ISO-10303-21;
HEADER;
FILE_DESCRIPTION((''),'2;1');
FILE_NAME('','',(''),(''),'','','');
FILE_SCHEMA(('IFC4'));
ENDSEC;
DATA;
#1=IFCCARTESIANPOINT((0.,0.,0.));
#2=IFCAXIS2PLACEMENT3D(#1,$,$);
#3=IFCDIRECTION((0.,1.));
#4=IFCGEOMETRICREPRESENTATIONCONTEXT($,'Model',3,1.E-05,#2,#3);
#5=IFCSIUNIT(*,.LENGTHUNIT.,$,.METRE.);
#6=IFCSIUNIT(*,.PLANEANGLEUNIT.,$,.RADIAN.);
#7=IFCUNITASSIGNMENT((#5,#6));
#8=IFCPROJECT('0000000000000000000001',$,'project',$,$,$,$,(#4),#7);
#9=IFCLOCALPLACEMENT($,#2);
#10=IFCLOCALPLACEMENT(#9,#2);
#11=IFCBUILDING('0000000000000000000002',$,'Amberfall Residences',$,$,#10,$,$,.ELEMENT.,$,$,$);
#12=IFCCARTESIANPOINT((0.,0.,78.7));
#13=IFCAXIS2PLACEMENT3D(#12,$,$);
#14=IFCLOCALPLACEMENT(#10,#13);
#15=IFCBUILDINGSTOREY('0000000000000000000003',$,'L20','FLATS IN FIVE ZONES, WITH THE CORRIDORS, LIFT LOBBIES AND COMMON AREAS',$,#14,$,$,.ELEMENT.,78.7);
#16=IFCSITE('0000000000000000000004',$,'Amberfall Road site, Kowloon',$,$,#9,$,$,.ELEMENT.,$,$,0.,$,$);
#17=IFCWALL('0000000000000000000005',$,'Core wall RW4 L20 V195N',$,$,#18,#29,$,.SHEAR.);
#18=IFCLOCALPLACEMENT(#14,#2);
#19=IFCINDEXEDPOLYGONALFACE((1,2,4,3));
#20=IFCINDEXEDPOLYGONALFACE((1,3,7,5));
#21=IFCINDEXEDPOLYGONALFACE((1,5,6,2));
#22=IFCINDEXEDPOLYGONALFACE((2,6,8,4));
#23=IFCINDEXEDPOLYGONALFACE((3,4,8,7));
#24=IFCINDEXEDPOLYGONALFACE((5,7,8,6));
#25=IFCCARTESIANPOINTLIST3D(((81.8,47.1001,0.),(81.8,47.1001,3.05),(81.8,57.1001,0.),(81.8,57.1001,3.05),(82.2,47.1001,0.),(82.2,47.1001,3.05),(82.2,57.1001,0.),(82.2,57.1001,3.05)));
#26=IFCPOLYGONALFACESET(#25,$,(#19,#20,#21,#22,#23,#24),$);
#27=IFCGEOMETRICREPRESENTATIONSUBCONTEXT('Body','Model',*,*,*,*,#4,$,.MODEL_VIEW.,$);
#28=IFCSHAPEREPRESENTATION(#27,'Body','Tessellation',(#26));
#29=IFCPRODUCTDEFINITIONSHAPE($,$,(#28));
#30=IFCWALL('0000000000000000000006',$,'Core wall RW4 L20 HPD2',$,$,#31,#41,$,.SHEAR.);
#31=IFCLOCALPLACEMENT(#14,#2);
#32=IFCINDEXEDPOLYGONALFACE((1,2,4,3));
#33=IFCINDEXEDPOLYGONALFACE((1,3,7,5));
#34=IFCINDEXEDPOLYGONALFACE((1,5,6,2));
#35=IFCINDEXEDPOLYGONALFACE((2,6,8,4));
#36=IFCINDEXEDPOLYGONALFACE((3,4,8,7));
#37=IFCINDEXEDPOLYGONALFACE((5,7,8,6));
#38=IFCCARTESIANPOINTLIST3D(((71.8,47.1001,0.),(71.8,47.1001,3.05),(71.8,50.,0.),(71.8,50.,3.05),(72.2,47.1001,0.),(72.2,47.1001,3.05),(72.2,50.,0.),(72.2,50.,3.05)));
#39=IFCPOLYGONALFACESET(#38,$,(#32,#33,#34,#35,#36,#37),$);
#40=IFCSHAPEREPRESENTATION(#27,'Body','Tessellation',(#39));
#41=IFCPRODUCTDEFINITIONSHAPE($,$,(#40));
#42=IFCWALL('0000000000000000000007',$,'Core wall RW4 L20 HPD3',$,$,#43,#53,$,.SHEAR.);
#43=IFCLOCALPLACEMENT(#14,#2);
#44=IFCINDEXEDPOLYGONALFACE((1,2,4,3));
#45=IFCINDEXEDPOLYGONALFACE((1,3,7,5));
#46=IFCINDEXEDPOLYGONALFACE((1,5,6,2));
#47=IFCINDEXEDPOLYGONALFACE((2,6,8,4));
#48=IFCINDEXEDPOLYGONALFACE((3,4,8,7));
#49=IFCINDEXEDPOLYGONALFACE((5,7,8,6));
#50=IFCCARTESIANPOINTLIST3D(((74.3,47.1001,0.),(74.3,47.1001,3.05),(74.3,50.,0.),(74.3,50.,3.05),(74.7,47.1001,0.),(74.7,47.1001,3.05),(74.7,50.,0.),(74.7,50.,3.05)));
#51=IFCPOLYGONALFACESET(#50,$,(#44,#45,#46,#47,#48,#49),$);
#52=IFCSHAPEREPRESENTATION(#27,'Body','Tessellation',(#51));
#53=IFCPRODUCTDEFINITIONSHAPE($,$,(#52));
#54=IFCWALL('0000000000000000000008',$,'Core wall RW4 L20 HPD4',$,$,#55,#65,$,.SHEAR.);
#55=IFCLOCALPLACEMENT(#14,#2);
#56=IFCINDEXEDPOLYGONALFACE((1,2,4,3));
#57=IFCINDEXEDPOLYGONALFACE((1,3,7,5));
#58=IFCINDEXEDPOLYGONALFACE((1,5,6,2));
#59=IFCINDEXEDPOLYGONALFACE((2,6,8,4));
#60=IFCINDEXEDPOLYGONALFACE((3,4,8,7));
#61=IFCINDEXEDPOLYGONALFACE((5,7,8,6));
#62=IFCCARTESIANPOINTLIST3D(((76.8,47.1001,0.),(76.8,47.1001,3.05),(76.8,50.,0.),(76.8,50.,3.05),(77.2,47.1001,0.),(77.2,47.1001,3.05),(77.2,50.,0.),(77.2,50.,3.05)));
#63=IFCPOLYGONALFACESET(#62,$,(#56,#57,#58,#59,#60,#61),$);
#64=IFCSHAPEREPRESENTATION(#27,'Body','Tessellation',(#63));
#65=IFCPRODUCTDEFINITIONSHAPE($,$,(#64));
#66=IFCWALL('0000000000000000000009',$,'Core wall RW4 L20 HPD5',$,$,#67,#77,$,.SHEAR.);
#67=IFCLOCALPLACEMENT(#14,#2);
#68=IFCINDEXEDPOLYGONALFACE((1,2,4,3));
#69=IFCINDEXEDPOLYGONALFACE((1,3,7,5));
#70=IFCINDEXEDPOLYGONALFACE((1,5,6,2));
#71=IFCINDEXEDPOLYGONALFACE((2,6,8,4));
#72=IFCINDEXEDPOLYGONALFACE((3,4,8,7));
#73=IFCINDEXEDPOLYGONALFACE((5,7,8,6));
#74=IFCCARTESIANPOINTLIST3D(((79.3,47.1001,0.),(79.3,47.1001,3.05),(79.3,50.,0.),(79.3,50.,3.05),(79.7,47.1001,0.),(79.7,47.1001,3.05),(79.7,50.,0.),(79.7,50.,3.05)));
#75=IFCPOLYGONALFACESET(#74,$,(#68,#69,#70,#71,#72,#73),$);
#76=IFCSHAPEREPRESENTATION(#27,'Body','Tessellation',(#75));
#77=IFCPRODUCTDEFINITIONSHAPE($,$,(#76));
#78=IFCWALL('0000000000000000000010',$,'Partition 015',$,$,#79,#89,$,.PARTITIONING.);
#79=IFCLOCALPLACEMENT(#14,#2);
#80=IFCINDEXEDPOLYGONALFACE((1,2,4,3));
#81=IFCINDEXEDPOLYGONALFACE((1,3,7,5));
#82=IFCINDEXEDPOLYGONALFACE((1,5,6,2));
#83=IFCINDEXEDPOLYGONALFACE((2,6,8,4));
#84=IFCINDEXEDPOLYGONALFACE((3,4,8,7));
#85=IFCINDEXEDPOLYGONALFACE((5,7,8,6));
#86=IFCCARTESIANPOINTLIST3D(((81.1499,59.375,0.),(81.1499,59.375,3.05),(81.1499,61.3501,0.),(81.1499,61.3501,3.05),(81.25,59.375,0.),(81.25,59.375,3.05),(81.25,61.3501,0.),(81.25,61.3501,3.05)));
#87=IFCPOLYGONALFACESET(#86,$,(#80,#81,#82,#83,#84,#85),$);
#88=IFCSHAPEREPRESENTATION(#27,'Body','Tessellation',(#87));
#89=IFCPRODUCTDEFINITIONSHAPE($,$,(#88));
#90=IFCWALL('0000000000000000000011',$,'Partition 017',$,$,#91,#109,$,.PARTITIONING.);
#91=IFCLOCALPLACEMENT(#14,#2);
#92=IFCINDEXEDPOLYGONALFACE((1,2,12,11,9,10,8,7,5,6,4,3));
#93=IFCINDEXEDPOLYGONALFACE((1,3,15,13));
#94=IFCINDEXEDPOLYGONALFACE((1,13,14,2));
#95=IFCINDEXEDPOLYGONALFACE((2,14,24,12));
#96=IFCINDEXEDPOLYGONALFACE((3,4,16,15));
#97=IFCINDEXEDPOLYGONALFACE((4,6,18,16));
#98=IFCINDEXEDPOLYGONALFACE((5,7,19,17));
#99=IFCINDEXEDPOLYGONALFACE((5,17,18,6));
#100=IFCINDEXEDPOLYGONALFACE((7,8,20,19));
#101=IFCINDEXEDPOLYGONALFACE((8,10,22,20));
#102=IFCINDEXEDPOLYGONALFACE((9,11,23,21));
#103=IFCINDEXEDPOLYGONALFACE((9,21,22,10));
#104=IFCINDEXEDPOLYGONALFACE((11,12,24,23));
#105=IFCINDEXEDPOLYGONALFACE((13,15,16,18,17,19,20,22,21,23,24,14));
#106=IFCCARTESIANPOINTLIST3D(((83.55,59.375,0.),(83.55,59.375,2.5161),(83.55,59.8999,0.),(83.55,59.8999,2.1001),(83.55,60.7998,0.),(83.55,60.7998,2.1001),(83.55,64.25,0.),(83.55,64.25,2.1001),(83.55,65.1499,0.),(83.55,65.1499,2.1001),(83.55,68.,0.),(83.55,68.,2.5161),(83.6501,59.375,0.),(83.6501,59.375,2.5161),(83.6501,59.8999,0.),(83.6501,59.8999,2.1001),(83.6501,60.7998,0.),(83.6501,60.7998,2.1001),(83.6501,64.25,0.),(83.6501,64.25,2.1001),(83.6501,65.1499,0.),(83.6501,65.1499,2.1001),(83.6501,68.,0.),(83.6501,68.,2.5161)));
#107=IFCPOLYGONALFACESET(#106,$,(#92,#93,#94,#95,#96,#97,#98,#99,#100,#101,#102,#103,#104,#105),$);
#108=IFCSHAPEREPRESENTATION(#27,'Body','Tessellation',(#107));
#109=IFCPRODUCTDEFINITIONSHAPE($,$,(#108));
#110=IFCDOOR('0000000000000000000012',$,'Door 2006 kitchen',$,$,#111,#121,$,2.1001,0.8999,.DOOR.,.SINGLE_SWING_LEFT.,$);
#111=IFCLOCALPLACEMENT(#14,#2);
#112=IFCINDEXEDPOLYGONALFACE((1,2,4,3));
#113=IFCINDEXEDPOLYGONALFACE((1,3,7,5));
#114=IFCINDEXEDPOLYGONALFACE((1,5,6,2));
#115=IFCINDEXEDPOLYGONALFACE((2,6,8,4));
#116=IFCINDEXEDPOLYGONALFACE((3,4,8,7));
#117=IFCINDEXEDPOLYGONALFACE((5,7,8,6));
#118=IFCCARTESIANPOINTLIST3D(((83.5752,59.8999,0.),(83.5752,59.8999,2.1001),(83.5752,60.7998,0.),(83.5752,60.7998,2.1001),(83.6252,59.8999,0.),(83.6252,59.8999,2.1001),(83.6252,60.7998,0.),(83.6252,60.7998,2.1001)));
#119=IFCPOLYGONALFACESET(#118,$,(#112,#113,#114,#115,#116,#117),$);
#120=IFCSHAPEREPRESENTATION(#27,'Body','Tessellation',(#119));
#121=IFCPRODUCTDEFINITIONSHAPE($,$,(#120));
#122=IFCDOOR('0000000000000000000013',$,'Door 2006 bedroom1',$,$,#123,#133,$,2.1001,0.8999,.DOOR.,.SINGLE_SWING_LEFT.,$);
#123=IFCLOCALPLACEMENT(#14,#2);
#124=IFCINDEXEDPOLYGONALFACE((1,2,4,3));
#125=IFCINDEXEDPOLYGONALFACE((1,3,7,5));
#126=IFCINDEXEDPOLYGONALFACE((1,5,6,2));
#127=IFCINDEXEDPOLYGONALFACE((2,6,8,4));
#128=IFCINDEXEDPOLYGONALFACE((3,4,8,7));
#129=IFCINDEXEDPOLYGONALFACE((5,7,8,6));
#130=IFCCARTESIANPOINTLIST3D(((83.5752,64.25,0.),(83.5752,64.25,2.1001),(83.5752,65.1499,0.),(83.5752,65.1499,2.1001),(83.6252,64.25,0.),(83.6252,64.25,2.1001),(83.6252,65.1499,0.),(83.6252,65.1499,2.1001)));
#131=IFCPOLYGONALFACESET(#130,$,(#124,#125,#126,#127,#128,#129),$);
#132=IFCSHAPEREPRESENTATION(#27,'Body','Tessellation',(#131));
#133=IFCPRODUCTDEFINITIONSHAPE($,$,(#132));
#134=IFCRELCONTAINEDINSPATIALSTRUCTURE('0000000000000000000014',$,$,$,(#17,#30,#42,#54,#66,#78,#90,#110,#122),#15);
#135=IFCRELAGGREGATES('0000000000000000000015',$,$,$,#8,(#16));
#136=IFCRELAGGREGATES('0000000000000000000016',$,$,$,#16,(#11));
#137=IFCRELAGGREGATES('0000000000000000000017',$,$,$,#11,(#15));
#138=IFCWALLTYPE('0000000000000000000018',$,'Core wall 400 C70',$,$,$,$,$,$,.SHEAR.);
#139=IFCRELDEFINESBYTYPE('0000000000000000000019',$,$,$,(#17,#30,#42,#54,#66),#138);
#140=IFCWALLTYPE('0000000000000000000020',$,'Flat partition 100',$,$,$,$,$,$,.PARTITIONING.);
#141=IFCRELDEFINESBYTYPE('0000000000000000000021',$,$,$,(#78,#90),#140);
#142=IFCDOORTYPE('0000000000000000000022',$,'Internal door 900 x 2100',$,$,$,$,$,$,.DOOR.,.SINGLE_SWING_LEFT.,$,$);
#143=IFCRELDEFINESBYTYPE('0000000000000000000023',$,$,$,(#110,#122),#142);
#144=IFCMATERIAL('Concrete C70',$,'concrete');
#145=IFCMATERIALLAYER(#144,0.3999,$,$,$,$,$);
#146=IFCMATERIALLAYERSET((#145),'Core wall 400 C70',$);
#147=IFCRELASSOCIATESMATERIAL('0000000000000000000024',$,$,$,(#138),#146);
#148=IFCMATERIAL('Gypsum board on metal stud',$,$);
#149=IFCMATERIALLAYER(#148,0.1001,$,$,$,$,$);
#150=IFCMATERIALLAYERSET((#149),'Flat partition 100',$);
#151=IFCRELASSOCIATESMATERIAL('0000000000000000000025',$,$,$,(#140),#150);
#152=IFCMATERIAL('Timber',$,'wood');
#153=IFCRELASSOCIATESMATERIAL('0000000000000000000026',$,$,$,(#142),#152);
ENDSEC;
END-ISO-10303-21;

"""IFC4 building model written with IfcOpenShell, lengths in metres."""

from ifc_helpers import new_model, si_unit, direction, frame, frame_2d, origin, place, context, subcontext, project, spatial, rectangle, extrude, material, layer, layer_set, type_object, element, fill, save


model = new_model("IFC4")

# Units and contexts
model_context = context("Model", 3, precision=1e-05, world=origin(), true_north=direction((0.0, 1.0)))
body_context = subcontext(model_context, "Body", "Model", "MODEL_VIEW")
ifc_project = project(units=[si_unit("LENGTHUNIT", "METRE"), si_unit("PLANEANGLEUNIT", "RADIAN")], contexts=[model_context])

# Site, building, storey
site_placement = place(None, origin())
site = spatial("IfcSite", under=ifc_project, at=site_placement, Name="Amberfall Road site, Kowloon", CompositionType="ELEMENT", RefElevation=0.0)
building_placement = place(site_placement, origin())
building = spatial("IfcBuilding", under=site, at=building_placement, Name="Amberfall Residences", CompositionType="ELEMENT")
storey_placement = place(building_placement, frame((0.0, 0.0, 78.7)))
storey = spatial("IfcBuildingStorey", under=building, at=storey_placement, Name="L20", Description="FLATS IN FIVE ZONES, WITH THE CORRIDORS, LIFT LOBBIES AND COMMON AREAS", CompositionType="ELEMENT", Elevation=78.7)

# Walls
ifc_material_1 = material(Name="Concrete C70", Category="concrete")
ifc_layer_1 = layer(ifc_material_1, 0.3999)
ifc_layer_set_1 = layer_set([ifc_layer_1], Name="Core wall 400 C70")
wall_type_1 = type_object("IfcWallType", Name="Core wall 400 C70", PredefinedType="SHEAR", material=ifc_layer_set_1)
wall_1_placement = place(storey_placement, frame((82.0, 47.1001, 0.0), z_axis=(0.0, 0.0, 1.0), x_axis=(0.0, 1.0, 0.0)))
element("IfcWall", 1, at=wall_1_placement, inside=storey, type_object=wall_type_1, Name="Core wall RW4 L20 V195N", PredefinedType="SHEAR", context=body_context, shape_type="SweptSolid", body=[
    extrude(rectangle(XDim=10.0, YDim=0.3999, at=frame_2d((5.0, 0.0))), origin(), (0.0, 0.0, 1.0), 3.05),
])
for number, where, z_axis, x_axis, name in (
    (2, (72.0, 47.1001, 0.0), (0.0, 0.0, 1.0), (0.0, 1.0, 0.0), "Core wall RW4 L20 HPD2"),
    (3, (74.5, 47.1001, 0.0), (0.0, 0.0, 1.0), (0.0, 1.0, 0.0), "Core wall RW4 L20 HPD3"),
    (4, (77.0, 47.1001, 0.0), (0.0, 0.0, 1.0), (0.0, 1.0, 0.0), "Core wall RW4 L20 HPD4"),
    (5, (79.5, 47.1001, 0.0), (0.0, 0.0, 1.0), (0.0, 1.0, 0.0), "Core wall RW4 L20 HPD5"),
):
    element("IfcWall", number, at=place(storey_placement, frame(where, z_axis=z_axis, x_axis=x_axis)), inside=storey, type_object=wall_type_1, Name=name, PredefinedType="SHEAR", context=body_context, shape_type="SweptSolid", body=[
        extrude(rectangle(XDim=2.8999, YDim=0.3999, at=frame_2d((1.45, 0.0))), origin(), (0.0, 0.0, 1.0), 3.05),
    ])
ifc_material_2 = material(Name="Gypsum board on metal stud")
ifc_layer_2 = layer(ifc_material_2, 0.1001)
ifc_layer_set_2 = layer_set([ifc_layer_2], Name="Flat partition 100")
wall_type_2 = type_object("IfcWallType", Name="Flat partition 100", PredefinedType="PARTITIONING", material=ifc_layer_set_2)
wall_2_placement = place(storey_placement, frame((81.2, 59.375, 0.0), z_axis=(0.0, 0.0, 1.0), x_axis=(0.0, 1.0, 0.0)))
element("IfcWall", 6, at=wall_2_placement, inside=storey, type_object=wall_type_2, Name="Partition 015", PredefinedType="PARTITIONING", context=body_context, shape_type="SweptSolid", body=[
    extrude(rectangle(XDim=1.9751, YDim=0.1001, at=frame_2d((0.9875, 0.0))), origin(), (0.0, 0.0, 1.0), 3.05),
])

# Wall, openings, doors
wall_3_placement = place(storey_placement, frame((83.6001, 59.375, 0.0), z_axis=(0.0, 0.0, 1.0), x_axis=(0.0, 1.0, 0.0)))
wall_3 = element("IfcWall", 7, at=wall_3_placement, inside=storey, type_object=wall_type_2, Name="Partition 017", PredefinedType="PARTITIONING", context=body_context, shape_type="SweptSolid", body=[
    extrude(rectangle(XDim=8.625, YDim=0.1001, at=frame_2d((4.3125, 0.0))), origin(), (0.0, 0.0, 1.0), 2.5161),
])
opening_1_placement = place(wall_3_placement, frame((0.5249, 0.0, 0.0)))
opening_1 = element("IfcOpeningElement", 8, at=opening_1_placement, cuts=wall_3, PredefinedType="OPENING", context=body_context, shape_type="SweptSolid", body=[
    extrude(rectangle(XDim=0.8999, YDim=2.1001, at=frame_2d((0.45, 1.05))), frame((0.0, 0.0601, 0.0), z_axis=(0.0, -1.0, 0.0), x_axis=(1.0, 0.0, 0.0)), (0.0, 0.0, 1.0), 0.1201),
])
opening_2_placement = place(wall_3_placement, frame((4.875, 0.0, 0.0)))
opening_2 = element("IfcOpeningElement", 9, at=opening_2_placement, cuts=wall_3, PredefinedType="OPENING", context=body_context, shape_type="SweptSolid", body=[
    extrude(rectangle(XDim=0.8999, YDim=2.1001, at=frame_2d((0.45, 1.05))), frame((0.0, 0.0601, 0.0), z_axis=(0.0, -1.0, 0.0), x_axis=(1.0, 0.0, 0.0)), (0.0, 0.0, 1.0), 0.1201),
])
ifc_material_3 = material(Name="Timber", Category="wood")
door_type_1 = type_object("IfcDoorType", Name="Internal door 900 x 2100", OperationType="SINGLE_SWING_LEFT", PredefinedType="DOOR", material=ifc_material_3)
door_1_placement = place(opening_1_placement, origin())
door_1 = element("IfcDoor", 10, at=door_1_placement, inside=storey, type_object=door_type_1, Name="Door 2006 kitchen", OperationType="SINGLE_SWING_LEFT", OverallHeight=2.1001, OverallWidth=0.8999, PredefinedType="DOOR", context=body_context, shape_type="SweptSolid", body=[
    extrude(rectangle(XDim=0.8999, YDim=2.1001, at=frame_2d((0.45, 1.05))), frame((0.0, 0.0249, 0.0), z_axis=(0.0, -1.0, 0.0), x_axis=(1.0, 0.0, 0.0)), (0.0, 0.0, 1.0), 0.05),
])
fill(opening_1, door_1)
door_2_placement = place(opening_2_placement, origin())
door_2 = element("IfcDoor", 11, at=door_2_placement, inside=storey, type_object=door_type_1, Name="Door 2006 bedroom1", OperationType="SINGLE_SWING_LEFT", OverallHeight=2.1001, OverallWidth=0.8999, PredefinedType="DOOR", context=body_context, shape_type="SweptSolid", body=[
    extrude(rectangle(XDim=0.8999, YDim=2.1001, at=frame_2d((0.45, 1.05))), frame((0.0, 0.0249, 0.0), z_axis=(0.0, -1.0, 0.0), x_axis=(1.0, 0.0, 0.0)), (0.0, 0.0, 1.0), 0.05),
])
fill(opening_2, door_2)

save(model, "model.ifc")
